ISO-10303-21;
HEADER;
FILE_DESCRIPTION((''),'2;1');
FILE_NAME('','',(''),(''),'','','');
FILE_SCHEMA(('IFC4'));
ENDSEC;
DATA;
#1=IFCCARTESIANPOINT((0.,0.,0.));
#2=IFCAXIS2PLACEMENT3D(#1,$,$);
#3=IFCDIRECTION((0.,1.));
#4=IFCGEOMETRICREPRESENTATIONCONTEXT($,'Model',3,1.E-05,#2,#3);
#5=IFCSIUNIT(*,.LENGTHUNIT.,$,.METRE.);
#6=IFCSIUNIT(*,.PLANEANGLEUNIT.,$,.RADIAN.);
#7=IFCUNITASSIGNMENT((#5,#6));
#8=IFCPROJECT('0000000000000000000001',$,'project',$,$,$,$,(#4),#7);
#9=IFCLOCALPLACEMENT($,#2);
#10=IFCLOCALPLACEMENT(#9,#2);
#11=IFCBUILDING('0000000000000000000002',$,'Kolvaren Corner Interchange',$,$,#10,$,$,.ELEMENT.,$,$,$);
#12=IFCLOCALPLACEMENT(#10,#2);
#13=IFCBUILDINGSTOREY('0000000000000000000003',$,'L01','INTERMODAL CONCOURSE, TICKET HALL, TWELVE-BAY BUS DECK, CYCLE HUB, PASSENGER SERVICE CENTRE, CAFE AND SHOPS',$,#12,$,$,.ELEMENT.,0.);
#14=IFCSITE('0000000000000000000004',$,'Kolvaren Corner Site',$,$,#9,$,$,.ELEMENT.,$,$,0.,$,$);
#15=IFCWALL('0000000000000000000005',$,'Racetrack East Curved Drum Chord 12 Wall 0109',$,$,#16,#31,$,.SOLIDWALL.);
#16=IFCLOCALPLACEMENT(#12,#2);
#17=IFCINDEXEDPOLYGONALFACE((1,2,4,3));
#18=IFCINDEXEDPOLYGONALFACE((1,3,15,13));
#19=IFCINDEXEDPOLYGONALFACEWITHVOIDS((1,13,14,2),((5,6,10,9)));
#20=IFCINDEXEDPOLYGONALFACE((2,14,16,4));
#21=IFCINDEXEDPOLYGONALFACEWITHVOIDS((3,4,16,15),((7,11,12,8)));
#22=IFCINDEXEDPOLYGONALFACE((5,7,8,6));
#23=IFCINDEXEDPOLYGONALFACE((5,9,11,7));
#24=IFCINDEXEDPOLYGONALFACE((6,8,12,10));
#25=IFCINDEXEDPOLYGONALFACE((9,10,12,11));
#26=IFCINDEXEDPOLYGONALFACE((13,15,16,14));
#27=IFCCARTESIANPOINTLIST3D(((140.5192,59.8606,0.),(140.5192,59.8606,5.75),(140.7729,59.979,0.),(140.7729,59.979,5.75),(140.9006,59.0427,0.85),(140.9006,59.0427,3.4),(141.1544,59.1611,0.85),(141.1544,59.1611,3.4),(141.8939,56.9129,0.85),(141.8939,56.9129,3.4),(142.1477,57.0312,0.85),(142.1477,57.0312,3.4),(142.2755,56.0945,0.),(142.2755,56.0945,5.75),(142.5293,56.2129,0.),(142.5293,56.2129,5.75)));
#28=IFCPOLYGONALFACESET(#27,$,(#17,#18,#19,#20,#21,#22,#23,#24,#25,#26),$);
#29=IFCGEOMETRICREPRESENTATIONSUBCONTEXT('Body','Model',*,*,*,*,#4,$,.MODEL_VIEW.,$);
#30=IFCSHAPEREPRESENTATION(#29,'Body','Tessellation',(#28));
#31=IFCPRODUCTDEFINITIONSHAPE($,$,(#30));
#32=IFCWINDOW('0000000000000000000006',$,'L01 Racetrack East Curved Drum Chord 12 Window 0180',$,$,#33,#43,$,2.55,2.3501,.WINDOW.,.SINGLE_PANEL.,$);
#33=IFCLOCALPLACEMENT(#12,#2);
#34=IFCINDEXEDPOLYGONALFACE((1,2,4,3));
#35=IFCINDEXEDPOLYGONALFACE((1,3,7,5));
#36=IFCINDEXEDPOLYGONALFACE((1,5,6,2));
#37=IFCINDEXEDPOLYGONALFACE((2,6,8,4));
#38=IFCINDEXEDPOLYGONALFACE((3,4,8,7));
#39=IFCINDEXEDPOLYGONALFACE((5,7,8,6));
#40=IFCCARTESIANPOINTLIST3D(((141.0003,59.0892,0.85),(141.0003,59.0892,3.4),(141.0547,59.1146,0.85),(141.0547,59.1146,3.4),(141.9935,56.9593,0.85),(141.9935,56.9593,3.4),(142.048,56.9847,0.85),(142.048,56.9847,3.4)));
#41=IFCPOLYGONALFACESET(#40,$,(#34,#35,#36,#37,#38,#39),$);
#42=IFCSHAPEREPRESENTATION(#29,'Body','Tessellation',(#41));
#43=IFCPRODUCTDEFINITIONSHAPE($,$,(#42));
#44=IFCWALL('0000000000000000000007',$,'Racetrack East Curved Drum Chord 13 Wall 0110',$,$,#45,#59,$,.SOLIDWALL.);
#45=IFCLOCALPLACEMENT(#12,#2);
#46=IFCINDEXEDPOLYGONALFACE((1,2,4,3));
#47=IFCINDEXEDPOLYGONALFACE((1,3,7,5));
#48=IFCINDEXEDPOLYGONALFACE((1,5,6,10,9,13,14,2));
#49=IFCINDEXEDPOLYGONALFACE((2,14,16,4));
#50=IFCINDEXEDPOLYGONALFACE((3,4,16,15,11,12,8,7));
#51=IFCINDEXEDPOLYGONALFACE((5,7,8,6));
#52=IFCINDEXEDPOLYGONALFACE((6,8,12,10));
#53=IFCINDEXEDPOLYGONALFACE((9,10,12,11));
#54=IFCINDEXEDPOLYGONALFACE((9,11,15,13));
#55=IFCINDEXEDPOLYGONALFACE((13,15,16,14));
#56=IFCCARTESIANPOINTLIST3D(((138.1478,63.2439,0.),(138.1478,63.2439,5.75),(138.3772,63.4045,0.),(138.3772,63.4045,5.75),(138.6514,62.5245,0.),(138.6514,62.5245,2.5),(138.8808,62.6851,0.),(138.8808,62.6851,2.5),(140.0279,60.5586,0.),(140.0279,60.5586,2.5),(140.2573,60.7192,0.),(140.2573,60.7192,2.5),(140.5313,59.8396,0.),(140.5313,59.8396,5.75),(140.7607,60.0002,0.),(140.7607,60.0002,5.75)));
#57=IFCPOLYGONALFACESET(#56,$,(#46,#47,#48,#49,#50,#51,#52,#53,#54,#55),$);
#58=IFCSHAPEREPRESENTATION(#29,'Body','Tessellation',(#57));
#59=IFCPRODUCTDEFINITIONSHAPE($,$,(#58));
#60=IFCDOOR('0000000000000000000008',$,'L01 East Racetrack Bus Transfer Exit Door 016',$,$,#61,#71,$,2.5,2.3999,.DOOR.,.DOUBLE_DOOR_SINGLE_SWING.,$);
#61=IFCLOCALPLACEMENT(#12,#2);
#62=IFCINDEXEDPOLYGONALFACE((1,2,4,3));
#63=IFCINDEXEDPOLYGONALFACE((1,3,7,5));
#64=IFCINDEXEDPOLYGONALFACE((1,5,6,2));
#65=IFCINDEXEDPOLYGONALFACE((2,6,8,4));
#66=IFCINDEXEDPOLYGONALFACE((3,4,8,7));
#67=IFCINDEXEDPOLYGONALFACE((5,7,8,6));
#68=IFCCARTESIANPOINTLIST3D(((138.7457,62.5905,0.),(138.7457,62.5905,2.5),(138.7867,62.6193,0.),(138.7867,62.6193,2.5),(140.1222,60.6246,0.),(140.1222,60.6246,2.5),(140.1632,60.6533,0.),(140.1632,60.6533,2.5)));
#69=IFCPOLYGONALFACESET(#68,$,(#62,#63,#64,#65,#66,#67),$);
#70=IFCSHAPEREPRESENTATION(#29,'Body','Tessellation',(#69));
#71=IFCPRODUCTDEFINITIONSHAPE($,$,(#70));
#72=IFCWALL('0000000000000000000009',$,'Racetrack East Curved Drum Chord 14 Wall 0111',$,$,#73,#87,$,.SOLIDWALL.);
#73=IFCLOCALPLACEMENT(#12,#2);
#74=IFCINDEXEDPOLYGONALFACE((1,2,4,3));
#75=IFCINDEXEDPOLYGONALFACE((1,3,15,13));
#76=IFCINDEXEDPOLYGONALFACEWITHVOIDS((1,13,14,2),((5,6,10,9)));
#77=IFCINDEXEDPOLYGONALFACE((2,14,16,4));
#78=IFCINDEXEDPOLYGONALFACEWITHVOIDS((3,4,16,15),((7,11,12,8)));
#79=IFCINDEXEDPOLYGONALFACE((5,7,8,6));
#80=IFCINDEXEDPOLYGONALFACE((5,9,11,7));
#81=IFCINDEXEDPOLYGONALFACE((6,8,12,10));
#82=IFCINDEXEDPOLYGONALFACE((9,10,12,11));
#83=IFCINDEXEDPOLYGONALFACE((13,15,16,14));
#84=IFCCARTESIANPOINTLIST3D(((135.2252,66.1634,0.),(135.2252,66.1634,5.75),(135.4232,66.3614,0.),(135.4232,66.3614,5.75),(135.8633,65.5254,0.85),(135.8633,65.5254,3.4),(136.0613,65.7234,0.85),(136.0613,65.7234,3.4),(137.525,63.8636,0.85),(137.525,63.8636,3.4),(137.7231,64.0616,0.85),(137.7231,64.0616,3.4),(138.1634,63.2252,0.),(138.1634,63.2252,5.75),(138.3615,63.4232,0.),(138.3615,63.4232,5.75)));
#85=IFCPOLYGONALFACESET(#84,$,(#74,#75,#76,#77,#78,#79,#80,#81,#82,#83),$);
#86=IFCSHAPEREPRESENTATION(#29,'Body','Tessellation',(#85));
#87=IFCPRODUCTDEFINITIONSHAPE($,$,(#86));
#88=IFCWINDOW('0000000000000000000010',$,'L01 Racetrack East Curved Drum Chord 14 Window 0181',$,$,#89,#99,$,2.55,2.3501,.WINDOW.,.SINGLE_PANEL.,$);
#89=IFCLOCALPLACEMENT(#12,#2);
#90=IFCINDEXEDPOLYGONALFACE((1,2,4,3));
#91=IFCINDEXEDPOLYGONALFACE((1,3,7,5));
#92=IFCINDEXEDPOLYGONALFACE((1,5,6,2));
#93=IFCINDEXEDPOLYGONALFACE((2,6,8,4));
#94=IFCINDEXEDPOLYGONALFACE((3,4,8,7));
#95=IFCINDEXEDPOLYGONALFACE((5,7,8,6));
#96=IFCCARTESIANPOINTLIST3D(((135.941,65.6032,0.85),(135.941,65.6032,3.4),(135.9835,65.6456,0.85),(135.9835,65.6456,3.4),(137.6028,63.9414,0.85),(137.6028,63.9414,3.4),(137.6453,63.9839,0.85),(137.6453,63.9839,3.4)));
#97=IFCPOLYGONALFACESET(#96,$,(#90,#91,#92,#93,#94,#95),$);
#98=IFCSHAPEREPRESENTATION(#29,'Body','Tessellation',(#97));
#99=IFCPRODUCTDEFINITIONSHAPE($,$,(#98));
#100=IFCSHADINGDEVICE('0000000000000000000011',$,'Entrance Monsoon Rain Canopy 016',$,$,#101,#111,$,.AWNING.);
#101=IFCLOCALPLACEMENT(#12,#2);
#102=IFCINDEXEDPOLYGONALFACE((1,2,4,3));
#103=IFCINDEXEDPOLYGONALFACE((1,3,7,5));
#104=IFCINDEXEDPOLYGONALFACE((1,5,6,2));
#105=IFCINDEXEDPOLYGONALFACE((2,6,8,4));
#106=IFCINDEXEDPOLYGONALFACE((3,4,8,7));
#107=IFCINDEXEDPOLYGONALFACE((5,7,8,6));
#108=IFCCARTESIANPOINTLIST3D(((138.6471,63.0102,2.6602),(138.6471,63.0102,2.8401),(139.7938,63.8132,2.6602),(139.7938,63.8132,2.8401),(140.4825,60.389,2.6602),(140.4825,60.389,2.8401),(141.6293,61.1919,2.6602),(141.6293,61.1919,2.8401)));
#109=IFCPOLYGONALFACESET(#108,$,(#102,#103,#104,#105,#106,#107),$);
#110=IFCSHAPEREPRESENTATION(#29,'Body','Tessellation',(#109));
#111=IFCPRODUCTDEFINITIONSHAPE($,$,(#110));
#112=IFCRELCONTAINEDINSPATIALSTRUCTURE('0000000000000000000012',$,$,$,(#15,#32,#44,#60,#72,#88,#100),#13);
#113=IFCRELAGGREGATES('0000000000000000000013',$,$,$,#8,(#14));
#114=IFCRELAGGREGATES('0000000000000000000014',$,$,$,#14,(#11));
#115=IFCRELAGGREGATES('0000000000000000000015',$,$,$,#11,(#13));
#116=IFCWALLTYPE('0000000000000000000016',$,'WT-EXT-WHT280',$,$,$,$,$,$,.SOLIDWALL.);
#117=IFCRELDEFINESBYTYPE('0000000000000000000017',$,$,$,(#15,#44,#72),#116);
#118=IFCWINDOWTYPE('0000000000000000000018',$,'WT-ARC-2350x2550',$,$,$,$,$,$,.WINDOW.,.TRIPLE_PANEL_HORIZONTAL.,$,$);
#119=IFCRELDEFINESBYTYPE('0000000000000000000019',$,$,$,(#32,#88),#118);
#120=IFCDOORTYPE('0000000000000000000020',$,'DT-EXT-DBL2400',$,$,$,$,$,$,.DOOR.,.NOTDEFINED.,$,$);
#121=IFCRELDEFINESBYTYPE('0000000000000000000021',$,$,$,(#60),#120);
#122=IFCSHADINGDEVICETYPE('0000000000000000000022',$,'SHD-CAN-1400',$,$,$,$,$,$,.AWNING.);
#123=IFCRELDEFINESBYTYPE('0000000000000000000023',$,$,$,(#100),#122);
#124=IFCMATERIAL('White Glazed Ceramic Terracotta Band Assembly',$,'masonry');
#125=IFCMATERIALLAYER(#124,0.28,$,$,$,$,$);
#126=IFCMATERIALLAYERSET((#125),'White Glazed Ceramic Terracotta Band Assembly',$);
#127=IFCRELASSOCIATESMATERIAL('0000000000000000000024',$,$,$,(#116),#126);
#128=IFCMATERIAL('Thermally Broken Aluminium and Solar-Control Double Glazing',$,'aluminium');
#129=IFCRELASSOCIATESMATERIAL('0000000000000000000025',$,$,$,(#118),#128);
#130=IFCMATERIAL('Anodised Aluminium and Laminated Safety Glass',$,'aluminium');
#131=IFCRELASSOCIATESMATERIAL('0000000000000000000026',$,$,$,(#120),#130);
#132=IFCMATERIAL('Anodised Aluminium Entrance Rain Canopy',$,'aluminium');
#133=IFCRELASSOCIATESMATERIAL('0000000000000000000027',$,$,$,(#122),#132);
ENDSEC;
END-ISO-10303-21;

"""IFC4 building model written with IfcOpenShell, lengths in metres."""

from ifc_helpers import new_model, si_unit, direction, frame, frame_2d, origin, origin_2d, place, context, subcontext, project, spatial, rectangle, extrude, material, layer, layer_set, type_object, element, fill, save


model = new_model("IFC4")

# Units and contexts
model_context = context("Model", 3, precision=1e-05, world=origin(), true_north=direction((0.0, 1.0)))
body_context = subcontext(model_context, "Body", "Model", "MODEL_VIEW")
ifc_project = project(units=[si_unit("LENGTHUNIT", "METRE"), si_unit("PLANEANGLEUNIT", "RADIAN")], contexts=[model_context])

# Site, building, storey
site_placement = place(None, origin())
site = spatial("IfcSite", under=ifc_project, at=site_placement, Name="Kolvaren Corner Site", CompositionType="ELEMENT", RefElevation=0.0)
building_placement = place(site_placement, origin())
building = spatial("IfcBuilding", under=site, at=building_placement, Name="Kolvaren Corner Interchange", CompositionType="ELEMENT")
storey_placement = place(building_placement, origin())
storey = spatial("IfcBuildingStorey", under=building, at=storey_placement, Name="L01", Description="INTERMODAL CONCOURSE, TICKET HALL, TWELVE-BAY BUS DECK, CYCLE HUB, PASSENGER SERVICE CENTRE, CAFE AND SHOPS", CompositionType="ELEMENT", Elevation=0.0)

# Wall, opening, window
ifc_material_1 = material(Name="White Glazed Ceramic Terracotta Band Assembly", Category="masonry")
ifc_layer_1 = layer(ifc_material_1, 0.28)
ifc_layer_set_1 = layer_set([ifc_layer_1], Name="White Glazed Ceramic Terracotta Band Assembly")
wall_type = type_object("IfcWallType", Name="WT-EXT-WHT280", PredefinedType="SOLIDWALL", material=ifc_layer_set_1)
wall_1_placement = place(storey_placement, frame((142.4023, 56.1538, 0.0), z_axis=(0.0, 0.0, 1.0), x_axis=(-0.422654, 0.906291, 0.0)))
wall_1 = element("IfcWall", 1, at=wall_1_placement, inside=storey, type_object=wall_type, Name="Racetrack East Curved Drum Chord 12 Wall 0109", PredefinedType="SOLIDWALL", context=body_context, shape_type="SweptSolid", body=[
    extrude(rectangle(XDim=4.1555, YDim=0.28, at=frame_2d((2.0776, 0.0))), origin(), (0.0, 0.0, 1.0), 5.75),
])
opening_1_placement = place(wall_1_placement, frame((0.9028, 0.0, 0.8501)))
opening_1 = element("IfcOpeningElement", 2, at=opening_1_placement, cuts=wall_1, PredefinedType="OPENING", context=body_context, shape_type="SweptSolid", body=[
    extrude(rectangle(XDim=2.3501, YDim=2.55, at=frame_2d((1.175, 1.2749))), frame((0.0, 0.1499, 0.0), z_axis=(0.0, -1.0, 0.0), x_axis=(1.0, 0.0, 0.0)), (0.0, 0.0, 1.0), 0.3),
])
ifc_material_2 = material(Name="Thermally Broken Aluminium and Solar-Control Double Glazing", Category="aluminium")
window_type = type_object("IfcWindowType", Name="WT-ARC-2350x2550", PartitioningType="TRIPLE_PANEL_HORIZONTAL", PredefinedType="WINDOW", material=ifc_material_2)
window_1_placement = place(opening_1_placement, origin())
window_1 = element("IfcWindow", 3, at=window_1_placement, inside=storey, type_object=window_type, Name="L01 Racetrack East Curved Drum Chord 12 Window 0180", OverallHeight=2.55, OverallWidth=2.3501, PartitioningType="SINGLE_PANEL", PredefinedType="WINDOW", context=body_context, shape_type="SweptSolid", body=[
    extrude(rectangle(XDim=2.3501, YDim=2.55, at=frame_2d((1.175, 1.2749))), frame((0.0, 0.03, 0.0), z_axis=(0.0, -1.0, 0.0), x_axis=(1.0, 0.0, 0.0)), (0.0, 0.0, 1.0), 0.0601),
])
fill(opening_1, window_1)

# Wall, opening, door
wall_2_placement = place(storey_placement, frame((140.646, 59.9199, 0.0), z_axis=(0.0, 0.0, 1.0), x_axis=(-0.573549, 0.819171, 0.0)))
wall_2 = element("IfcWall", 4, at=wall_2_placement, inside=storey, type_object=wall_type, Name="Racetrack East Curved Drum Chord 13 Wall 0110", PredefinedType="SOLIDWALL", context=body_context, shape_type="SweptSolid", body=[
    extrude(rectangle(XDim=4.1558, YDim=0.28, at=frame_2d((2.0779, 0.0))), origin(), (0.0, 0.0, 1.0), 5.75),
])
opening_2_placement = place(wall_2_placement, frame((0.8777, 0.0, 0.0)))
opening_2 = element("IfcOpeningElement", 5, at=opening_2_placement, cuts=wall_2, PredefinedType="OPENING", context=body_context, shape_type="SweptSolid", body=[
    extrude(rectangle(XDim=2.3999, YDim=2.5, at=frame_2d((1.2, 1.25))), frame((0.0, 0.1499, 0.0), z_axis=(0.0, -1.0, 0.0), x_axis=(1.0, 0.0, 0.0)), (0.0, 0.0, 1.0), 0.3),
])
ifc_material_3 = material(Name="Anodised Aluminium and Laminated Safety Glass", Category="aluminium")
door_type = type_object("IfcDoorType", Name="DT-EXT-DBL2400", OperationType="NOTDEFINED", PredefinedType="DOOR", material=ifc_material_3)
door_placement = place(opening_2_placement, origin())
door = element("IfcDoor", 6, at=door_placement, inside=storey, type_object=door_type, Name="L01 East Racetrack Bus Transfer Exit Door 016", OperationType="DOUBLE_DOOR_SINGLE_SWING", OverallHeight=2.5, OverallWidth=2.3999, PredefinedType="DOOR", context=body_context, shape_type="SweptSolid", body=[
    extrude(rectangle(XDim=2.3999, YDim=2.5, at=frame_2d((1.2, 1.25))), frame((0.0, 0.0249, 0.0), z_axis=(0.0, -1.0, 0.0), x_axis=(1.0, 0.0, 0.0)), (0.0, 0.0, 1.0), 0.05),
])
fill(opening_2, door)

# Wall, opening, window
wall_3_placement = place(storey_placement, frame((138.2625, 63.3242, 0.0), z_axis=(0.0, 0.0, 1.0), x_axis=(-0.707107, 0.707107, 0.0)))
wall_3 = element("IfcWall", 7, at=wall_3_placement, inside=storey, type_object=wall_type, Name="Racetrack East Curved Drum Chord 14 Wall 0111", PredefinedType="SOLIDWALL", context=body_context, shape_type="SweptSolid", body=[
    extrude(rectangle(XDim=4.1553, YDim=0.28, at=frame_2d((2.0776, 0.0))), origin(), (0.0, 0.0, 1.0), 5.75),
])
opening_3_placement = place(wall_3_placement, frame((0.9028, 0.0, 0.8501)))
opening_3 = element("IfcOpeningElement", 8, at=opening_3_placement, cuts=wall_3, PredefinedType="OPENING", context=body_context, shape_type="SweptSolid", body=[
    extrude(rectangle(XDim=2.3501, YDim=2.55, at=frame_2d((1.175, 1.2749))), frame((0.0, 0.1499, 0.0), z_axis=(0.0, -1.0, 0.0), x_axis=(1.0, 0.0, 0.0)), (0.0, 0.0, 1.0), 0.3),
])
window_2_placement = place(opening_3_placement, origin())
window_2 = element("IfcWindow", 9, at=window_2_placement, inside=storey, type_object=window_type, Name="L01 Racetrack East Curved Drum Chord 14 Window 0181", OverallHeight=2.55, OverallWidth=2.3501, PartitioningType="SINGLE_PANEL", PredefinedType="WINDOW", context=body_context, shape_type="SweptSolid", body=[
    extrude(rectangle(XDim=2.3501, YDim=2.55, at=frame_2d((1.175, 1.2749))), frame((0.0, 0.03, 0.0), z_axis=(0.0, -1.0, 0.0), x_axis=(1.0, 0.0, 0.0)), (0.0, 0.0, 1.0), 0.0601),
])
fill(opening_3, window_2)

# Shading device
ifc_material_4 = material(Name="Anodised Aluminium Entrance Rain Canopy", Category="aluminium")
shading_device_type = type_object("IfcShadingDeviceType", Name="SHD-CAN-1400", PredefinedType="AWNING", material=ifc_material_4)
shading_device_placement = place(storey_placement, frame((140.1382, 62.1011, 2.6602), z_axis=(0.0, 0.0, 1.0), x_axis=(-0.573576, 0.819152, 0.0)))
element("IfcShadingDevice", 10, at=shading_device_placement, inside=storey, type_object=shading_device_type, Name="Entrance Monsoon Rain Canopy 016", PredefinedType="AWNING", context=body_context, shape_type="SweptSolid", body=[
    extrude(rectangle(XDim=3.2, YDim=1.3999, at=origin_2d()), origin(), (0.0, 0.0, 1.0), 0.1799),
])

save(model, "model.ifc")
